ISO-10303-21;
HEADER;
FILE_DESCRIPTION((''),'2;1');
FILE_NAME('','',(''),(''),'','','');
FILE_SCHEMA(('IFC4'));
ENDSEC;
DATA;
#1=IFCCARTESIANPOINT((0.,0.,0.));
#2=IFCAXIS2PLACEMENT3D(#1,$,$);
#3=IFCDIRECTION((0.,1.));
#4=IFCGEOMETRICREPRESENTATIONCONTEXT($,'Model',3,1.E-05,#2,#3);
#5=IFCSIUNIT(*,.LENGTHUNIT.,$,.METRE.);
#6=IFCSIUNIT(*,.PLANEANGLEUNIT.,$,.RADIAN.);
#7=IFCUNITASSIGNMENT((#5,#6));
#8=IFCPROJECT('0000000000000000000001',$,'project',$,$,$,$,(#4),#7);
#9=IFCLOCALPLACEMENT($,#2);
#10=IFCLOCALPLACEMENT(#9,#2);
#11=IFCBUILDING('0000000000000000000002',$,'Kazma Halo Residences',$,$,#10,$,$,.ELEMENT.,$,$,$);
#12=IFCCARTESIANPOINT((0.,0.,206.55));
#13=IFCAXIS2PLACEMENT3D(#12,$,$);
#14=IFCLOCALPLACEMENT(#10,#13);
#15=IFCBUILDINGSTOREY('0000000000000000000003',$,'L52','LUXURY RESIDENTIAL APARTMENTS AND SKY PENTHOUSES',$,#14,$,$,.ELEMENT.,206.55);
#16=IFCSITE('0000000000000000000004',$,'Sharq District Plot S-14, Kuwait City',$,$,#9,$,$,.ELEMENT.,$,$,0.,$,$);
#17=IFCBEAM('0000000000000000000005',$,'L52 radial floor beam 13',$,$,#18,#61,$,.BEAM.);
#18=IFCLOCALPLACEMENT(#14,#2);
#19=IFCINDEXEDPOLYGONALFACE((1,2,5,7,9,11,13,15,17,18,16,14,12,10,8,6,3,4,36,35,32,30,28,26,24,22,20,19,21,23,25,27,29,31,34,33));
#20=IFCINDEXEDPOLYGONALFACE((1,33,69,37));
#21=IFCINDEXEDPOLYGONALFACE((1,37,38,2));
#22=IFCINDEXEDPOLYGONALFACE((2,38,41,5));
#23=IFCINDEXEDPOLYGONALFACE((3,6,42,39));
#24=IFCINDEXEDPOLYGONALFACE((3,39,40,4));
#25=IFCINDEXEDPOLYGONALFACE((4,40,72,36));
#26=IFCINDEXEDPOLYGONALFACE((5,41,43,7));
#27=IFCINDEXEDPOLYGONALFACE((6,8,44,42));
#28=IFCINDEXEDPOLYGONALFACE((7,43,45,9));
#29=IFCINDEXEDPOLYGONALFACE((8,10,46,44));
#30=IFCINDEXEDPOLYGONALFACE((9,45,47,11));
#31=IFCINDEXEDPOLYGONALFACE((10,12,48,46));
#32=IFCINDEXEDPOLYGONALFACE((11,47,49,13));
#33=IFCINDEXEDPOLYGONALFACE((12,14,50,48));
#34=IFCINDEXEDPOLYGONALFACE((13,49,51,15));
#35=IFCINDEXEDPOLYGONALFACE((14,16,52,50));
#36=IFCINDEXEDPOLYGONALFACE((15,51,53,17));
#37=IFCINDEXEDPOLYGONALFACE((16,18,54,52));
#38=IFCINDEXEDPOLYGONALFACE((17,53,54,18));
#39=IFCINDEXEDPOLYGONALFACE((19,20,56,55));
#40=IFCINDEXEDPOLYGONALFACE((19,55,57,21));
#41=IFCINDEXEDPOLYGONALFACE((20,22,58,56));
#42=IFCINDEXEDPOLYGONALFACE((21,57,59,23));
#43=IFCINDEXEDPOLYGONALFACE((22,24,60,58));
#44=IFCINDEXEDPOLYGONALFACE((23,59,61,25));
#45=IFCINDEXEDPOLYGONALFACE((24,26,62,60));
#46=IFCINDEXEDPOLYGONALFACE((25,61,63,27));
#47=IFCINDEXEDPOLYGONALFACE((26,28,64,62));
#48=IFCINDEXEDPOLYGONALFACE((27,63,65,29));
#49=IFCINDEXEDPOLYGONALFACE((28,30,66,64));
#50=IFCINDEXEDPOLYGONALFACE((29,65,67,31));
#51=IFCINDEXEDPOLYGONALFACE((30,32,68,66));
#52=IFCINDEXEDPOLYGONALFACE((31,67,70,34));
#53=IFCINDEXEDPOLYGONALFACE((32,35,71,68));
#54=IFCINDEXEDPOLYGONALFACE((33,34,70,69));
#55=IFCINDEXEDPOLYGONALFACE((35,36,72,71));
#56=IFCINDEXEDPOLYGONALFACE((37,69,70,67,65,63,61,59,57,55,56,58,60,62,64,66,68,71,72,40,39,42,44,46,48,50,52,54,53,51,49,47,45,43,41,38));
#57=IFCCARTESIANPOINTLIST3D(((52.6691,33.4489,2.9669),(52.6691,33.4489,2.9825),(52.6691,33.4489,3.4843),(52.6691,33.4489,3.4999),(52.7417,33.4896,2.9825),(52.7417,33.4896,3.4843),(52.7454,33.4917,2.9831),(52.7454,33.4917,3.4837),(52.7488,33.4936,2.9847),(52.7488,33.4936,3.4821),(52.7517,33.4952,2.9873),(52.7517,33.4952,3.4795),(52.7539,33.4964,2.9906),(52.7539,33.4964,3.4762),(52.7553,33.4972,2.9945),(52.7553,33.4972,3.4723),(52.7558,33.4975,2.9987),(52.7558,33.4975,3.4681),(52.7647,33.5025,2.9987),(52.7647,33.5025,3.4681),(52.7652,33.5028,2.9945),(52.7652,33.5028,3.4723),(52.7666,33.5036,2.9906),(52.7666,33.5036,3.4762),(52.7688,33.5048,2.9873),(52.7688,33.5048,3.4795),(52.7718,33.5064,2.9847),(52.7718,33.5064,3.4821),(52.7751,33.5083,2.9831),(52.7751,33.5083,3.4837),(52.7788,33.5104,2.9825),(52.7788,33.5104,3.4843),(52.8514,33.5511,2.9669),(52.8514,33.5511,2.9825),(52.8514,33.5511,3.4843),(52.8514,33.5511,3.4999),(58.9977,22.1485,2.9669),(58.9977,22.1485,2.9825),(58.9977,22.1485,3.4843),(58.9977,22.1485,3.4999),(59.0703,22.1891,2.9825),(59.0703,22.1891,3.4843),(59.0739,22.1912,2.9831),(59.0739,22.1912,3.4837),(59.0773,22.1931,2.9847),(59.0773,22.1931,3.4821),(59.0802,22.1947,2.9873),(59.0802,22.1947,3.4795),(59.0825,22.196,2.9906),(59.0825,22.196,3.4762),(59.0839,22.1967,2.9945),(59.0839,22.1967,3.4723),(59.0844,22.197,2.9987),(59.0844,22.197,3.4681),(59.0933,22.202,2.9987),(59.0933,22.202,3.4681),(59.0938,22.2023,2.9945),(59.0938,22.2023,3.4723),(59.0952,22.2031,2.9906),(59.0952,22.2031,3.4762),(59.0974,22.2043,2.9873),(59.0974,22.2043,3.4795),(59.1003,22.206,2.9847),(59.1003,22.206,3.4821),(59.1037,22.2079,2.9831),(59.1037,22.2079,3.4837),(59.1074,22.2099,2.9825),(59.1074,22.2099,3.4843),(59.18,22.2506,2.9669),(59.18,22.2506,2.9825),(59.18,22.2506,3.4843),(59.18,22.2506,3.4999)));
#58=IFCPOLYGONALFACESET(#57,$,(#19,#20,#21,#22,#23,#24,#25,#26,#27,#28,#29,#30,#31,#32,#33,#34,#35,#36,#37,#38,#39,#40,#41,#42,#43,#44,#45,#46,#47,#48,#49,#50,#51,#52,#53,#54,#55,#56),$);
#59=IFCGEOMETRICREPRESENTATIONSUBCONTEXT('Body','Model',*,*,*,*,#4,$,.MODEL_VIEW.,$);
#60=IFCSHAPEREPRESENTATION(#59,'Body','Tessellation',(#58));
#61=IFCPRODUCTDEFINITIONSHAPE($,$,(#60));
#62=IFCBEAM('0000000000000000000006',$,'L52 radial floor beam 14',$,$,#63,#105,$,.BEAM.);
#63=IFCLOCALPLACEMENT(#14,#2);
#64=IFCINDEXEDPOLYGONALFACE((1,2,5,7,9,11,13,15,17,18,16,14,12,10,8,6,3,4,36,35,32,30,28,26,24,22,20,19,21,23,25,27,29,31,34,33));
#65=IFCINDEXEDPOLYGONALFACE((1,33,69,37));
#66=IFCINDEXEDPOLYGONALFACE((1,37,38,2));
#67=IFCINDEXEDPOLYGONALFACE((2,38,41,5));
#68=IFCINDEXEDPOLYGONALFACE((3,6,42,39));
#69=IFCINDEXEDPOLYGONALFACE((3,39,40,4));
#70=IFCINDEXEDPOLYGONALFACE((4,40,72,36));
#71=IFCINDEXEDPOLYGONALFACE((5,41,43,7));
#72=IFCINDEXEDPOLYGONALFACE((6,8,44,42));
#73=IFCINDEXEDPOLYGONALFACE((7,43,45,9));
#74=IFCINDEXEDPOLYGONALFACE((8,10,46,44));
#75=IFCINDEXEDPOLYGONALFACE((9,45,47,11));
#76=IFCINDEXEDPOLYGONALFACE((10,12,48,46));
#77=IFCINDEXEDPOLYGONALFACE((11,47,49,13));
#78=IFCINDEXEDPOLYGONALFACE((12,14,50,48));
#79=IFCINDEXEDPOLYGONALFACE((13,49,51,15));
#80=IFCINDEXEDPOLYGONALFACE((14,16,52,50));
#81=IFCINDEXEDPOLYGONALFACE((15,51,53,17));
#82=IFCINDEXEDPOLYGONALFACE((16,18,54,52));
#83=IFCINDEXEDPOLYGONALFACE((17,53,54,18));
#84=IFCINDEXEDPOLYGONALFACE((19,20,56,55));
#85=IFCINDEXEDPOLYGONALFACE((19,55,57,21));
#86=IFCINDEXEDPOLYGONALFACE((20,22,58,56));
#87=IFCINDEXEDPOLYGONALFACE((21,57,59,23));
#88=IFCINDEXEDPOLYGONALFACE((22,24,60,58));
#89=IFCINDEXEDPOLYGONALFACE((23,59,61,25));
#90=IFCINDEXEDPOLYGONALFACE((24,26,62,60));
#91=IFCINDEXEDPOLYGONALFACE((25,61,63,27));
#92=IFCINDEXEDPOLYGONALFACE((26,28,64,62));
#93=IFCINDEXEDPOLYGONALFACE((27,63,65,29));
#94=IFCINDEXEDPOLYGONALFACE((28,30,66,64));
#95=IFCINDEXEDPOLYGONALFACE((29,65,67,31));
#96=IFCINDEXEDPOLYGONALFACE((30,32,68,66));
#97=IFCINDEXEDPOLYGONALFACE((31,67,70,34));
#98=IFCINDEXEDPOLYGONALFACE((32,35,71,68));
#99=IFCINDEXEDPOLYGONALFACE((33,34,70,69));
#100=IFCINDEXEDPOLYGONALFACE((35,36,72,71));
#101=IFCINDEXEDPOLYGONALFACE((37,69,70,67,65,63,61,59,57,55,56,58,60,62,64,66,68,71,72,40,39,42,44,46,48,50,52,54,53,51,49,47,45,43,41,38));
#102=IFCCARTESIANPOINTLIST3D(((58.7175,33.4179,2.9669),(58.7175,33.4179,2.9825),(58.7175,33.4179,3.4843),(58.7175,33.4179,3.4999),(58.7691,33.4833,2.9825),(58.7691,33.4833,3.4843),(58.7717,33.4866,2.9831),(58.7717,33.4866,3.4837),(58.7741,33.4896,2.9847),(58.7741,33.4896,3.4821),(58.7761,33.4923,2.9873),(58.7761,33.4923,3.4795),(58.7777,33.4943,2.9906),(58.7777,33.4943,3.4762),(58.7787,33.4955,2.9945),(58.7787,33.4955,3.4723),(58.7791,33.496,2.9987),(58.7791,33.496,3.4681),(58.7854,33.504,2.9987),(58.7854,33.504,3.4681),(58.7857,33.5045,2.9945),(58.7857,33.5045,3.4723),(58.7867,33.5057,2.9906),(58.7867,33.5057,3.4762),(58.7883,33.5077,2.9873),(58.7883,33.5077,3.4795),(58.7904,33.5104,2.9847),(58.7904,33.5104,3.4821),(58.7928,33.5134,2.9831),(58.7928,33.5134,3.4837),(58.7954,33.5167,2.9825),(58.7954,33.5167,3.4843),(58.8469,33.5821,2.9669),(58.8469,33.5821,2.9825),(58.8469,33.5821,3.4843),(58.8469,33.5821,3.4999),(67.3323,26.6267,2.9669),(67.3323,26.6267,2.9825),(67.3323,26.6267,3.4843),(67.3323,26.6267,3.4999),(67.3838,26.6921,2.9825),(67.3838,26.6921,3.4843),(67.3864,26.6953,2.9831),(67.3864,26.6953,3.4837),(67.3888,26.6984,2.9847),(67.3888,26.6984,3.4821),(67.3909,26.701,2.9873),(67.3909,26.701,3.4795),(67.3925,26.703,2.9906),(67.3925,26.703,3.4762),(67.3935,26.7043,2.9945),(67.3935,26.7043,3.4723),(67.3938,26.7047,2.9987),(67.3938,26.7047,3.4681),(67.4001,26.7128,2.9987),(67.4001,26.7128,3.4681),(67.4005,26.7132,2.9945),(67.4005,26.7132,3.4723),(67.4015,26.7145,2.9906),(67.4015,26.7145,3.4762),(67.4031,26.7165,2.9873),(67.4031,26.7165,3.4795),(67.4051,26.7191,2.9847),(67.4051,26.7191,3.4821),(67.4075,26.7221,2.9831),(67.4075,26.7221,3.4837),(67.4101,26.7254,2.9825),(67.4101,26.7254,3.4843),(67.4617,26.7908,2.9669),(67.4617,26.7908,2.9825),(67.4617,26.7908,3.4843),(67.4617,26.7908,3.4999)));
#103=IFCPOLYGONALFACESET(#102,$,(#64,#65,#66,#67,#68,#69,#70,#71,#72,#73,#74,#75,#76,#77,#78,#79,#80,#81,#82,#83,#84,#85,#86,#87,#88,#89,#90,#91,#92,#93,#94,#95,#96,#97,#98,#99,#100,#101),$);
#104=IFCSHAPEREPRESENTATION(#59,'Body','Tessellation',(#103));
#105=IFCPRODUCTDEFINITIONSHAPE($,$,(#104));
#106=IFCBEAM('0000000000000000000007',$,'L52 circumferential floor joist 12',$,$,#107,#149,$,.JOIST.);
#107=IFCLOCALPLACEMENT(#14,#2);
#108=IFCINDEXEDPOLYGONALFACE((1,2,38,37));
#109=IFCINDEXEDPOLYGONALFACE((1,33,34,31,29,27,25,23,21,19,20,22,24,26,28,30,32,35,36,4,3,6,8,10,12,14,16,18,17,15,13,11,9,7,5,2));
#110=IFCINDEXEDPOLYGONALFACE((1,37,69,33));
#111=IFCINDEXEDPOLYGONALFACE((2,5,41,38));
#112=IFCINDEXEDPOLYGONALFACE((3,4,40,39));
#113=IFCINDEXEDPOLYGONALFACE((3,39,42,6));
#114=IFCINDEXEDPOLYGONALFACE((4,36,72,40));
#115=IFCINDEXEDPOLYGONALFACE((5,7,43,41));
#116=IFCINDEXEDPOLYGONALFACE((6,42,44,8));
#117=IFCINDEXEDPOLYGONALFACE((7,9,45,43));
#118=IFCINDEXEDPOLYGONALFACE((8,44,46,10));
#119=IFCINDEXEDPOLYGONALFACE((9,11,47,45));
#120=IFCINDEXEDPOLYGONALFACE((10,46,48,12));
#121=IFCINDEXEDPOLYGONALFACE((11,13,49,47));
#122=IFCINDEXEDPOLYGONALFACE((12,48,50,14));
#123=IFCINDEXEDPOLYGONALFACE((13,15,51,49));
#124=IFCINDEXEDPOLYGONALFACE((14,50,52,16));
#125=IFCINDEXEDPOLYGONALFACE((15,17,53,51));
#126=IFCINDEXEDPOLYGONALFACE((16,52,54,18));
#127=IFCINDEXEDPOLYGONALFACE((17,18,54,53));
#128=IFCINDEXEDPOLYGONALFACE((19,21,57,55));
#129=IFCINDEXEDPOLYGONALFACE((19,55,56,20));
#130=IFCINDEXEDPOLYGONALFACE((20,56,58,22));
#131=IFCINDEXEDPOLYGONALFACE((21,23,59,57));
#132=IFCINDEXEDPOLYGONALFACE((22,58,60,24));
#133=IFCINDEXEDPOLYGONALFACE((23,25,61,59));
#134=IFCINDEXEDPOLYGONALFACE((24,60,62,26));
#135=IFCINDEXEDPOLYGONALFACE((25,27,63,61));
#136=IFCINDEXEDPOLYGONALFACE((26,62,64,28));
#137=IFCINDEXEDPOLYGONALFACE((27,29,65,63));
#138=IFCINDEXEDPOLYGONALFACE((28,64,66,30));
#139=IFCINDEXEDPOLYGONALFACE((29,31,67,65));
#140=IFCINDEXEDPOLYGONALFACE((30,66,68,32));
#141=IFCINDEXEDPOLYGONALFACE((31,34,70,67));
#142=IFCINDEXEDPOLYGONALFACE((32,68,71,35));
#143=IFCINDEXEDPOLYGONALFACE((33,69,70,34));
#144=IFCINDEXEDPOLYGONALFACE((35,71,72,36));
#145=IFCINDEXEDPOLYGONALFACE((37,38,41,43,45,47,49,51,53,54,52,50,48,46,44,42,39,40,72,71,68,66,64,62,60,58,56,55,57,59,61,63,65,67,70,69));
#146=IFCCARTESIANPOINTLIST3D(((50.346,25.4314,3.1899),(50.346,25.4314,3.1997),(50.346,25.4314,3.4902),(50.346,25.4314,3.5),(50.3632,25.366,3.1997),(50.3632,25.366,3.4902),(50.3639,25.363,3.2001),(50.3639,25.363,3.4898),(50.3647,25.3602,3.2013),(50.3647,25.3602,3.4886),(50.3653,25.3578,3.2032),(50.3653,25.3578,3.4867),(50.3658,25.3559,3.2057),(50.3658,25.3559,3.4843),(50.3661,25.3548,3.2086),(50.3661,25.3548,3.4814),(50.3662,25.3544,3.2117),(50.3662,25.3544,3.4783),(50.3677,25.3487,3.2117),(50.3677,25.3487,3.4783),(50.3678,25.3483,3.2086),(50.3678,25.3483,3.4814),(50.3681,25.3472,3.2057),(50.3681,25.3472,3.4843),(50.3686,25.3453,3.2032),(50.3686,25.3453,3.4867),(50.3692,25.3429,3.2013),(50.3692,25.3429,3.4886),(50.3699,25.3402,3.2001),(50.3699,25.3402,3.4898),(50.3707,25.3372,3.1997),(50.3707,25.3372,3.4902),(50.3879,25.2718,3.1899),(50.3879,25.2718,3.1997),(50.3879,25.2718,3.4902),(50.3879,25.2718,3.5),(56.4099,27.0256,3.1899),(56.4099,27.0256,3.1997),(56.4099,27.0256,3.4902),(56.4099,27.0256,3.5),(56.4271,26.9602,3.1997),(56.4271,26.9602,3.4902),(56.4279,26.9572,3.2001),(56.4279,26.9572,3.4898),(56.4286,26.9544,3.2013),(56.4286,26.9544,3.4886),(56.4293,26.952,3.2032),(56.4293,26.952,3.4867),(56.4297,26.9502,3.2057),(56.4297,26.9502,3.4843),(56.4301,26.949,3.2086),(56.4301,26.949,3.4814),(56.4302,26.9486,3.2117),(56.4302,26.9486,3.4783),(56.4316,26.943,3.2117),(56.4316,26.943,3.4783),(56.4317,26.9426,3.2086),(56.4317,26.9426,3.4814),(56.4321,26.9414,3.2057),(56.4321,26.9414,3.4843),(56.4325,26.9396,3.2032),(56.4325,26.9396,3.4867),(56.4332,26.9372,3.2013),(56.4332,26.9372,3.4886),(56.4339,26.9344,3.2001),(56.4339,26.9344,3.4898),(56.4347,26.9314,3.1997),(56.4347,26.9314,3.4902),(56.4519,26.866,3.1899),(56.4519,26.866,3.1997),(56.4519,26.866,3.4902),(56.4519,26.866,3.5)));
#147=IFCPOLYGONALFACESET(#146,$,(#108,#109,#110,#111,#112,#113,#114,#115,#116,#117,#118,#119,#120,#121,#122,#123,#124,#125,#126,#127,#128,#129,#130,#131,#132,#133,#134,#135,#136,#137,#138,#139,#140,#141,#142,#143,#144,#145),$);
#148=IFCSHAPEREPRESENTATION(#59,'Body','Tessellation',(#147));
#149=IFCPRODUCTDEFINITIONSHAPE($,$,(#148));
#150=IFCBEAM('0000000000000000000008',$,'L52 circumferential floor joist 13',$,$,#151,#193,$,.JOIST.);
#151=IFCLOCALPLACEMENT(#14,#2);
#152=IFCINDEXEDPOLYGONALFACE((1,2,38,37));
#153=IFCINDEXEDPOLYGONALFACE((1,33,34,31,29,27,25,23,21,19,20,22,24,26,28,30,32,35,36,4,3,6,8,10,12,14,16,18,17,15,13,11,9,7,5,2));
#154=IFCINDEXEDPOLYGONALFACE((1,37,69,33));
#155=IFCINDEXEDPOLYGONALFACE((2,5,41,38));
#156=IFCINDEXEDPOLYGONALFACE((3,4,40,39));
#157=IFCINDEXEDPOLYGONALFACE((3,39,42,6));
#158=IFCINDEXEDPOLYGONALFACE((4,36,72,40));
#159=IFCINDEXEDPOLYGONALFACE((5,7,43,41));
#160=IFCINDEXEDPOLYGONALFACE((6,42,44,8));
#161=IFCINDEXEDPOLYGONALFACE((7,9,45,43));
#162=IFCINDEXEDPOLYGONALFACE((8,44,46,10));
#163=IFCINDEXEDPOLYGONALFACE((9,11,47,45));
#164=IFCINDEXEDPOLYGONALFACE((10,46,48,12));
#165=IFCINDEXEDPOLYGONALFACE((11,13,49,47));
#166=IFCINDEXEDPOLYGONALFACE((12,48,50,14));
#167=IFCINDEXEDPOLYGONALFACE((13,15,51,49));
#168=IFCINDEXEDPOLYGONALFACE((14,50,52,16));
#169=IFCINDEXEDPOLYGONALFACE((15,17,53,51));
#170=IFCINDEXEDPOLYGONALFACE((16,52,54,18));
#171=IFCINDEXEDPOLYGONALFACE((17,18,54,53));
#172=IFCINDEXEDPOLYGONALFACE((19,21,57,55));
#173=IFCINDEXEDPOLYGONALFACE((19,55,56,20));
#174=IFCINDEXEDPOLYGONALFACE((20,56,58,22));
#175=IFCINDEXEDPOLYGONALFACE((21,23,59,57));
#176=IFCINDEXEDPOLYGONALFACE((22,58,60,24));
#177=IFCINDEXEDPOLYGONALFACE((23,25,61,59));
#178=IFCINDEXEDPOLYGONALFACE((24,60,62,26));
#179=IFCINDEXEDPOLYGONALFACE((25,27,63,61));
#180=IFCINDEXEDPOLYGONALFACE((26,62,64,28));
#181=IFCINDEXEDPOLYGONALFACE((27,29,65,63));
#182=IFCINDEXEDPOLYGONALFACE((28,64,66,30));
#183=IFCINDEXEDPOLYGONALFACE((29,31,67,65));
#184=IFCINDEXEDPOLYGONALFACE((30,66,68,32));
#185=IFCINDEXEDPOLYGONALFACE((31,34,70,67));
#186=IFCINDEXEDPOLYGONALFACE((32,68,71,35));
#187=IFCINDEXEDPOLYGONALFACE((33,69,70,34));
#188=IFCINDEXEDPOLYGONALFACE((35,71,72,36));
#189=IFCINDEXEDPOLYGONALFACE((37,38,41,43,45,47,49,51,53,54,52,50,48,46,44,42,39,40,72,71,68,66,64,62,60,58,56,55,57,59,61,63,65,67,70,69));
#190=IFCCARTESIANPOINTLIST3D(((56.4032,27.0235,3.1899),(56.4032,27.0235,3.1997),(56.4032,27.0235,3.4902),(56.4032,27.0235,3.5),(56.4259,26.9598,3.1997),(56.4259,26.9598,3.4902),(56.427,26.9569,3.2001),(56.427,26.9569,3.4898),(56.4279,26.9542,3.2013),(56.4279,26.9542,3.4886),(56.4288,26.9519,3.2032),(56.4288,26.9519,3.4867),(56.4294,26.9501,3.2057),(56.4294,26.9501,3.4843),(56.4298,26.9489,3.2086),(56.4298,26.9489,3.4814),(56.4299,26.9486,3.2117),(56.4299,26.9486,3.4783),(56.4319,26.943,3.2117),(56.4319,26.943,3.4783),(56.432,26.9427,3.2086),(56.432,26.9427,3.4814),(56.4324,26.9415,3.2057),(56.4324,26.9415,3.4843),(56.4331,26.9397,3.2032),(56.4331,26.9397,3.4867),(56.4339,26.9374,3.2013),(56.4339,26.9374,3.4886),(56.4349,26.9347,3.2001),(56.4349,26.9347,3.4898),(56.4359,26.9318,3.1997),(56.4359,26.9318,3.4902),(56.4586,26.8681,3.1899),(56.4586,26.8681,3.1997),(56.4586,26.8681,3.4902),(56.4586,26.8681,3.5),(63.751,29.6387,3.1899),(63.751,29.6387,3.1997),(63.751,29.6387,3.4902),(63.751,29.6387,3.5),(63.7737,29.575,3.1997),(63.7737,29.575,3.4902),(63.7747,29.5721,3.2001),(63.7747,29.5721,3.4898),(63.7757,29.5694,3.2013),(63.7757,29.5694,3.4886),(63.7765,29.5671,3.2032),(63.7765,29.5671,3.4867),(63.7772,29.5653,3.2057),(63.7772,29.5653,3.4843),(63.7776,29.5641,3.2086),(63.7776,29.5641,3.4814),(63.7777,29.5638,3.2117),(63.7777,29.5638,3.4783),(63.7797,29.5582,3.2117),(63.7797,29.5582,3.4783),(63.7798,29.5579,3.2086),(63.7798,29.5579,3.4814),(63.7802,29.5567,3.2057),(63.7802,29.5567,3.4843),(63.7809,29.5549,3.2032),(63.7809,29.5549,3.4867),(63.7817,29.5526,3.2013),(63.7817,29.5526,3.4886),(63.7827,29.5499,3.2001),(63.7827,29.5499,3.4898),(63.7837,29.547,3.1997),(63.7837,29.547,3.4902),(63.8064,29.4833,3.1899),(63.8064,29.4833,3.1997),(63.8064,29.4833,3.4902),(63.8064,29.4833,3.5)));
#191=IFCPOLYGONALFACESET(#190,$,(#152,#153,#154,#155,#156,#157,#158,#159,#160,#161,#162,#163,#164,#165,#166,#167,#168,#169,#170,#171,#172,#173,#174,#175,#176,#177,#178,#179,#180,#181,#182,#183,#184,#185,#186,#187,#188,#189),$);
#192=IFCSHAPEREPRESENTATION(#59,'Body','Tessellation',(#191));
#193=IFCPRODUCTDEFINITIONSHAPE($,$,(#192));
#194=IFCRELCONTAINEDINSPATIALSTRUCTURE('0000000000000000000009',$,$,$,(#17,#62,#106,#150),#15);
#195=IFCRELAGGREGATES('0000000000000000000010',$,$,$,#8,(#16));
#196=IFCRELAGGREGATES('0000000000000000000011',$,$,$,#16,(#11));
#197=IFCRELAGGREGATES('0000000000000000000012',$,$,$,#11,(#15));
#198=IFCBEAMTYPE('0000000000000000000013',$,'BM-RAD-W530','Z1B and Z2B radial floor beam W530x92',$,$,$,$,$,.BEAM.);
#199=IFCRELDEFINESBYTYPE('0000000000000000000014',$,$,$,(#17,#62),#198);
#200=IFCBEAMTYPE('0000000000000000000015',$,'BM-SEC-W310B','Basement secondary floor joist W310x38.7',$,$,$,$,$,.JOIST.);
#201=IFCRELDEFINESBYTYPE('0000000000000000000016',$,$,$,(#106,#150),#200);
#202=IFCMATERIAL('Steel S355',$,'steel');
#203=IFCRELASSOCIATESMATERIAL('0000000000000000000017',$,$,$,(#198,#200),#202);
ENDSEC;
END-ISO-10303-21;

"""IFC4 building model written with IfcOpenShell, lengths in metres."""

from ifc_helpers import new_model, si_unit, direction, frame, origin, origin_2d, place, context, subcontext, project, spatial, i_section, extrude, material, material_profile, profile_set, type_object, element, save


model = new_model("IFC4")

# Units and contexts
model_context = context("Model", 3, precision=1e-05, world=origin(), true_north=direction((0.0, 1.0)))
body_context = subcontext(model_context, "Body", "Model", "MODEL_VIEW")
ifc_project = project(units=[si_unit("LENGTHUNIT", "METRE"), si_unit("PLANEANGLEUNIT", "RADIAN")], contexts=[model_context])

# Site, building, storey
site_placement = place(None, origin())
site = spatial("IfcSite", under=ifc_project, at=site_placement, Name="Sharq District Plot S-14, Kuwait City", CompositionType="ELEMENT", RefElevation=0.0)
building_placement = place(site_placement, origin())
building = spatial("IfcBuilding", under=site, at=building_placement, Name="Kazma Halo Residences", CompositionType="ELEMENT")
storey_placement = place(building_placement, frame((0.0, 0.0, 206.55)))
storey = spatial("IfcBuildingStorey", under=building, at=storey_placement, Name="L52", Description="LUXURY RESIDENTIAL APARTMENTS AND SKY PENTHOUSES", CompositionType="ELEMENT", Elevation=206.55)

# Beams
ifc_material_1 = material(Name="Steel S355", Category="steel")
ifc_material_profile_1 = material_profile(ifc_material_1, i_section(OverallWidth=0.209, OverallDepth=0.533, WebThickness=0.0103, FlangeThickness=0.0156, FilletRadius=0.0161, at=origin_2d()), Name="W530x92")
ifc_profile_set_1 = profile_set([ifc_material_profile_1], Name="Steel S355")
beam_type_1 = type_object("IfcBeamType", Name="BM-RAD-W530", Description="Z1B and Z2B radial floor beam W530x92", PredefinedType="BEAM", material=ifc_profile_set_1)
beam_1_placement = place(storey_placement, frame((52.7603, 33.5, 3.2334), z_axis=(0.488622, -0.872496, 0.0), x_axis=(0.872496, 0.488622, 0.0)))
element("IfcBeam", 1, at=beam_1_placement, inside=storey, type_object=beam_type_1, Name="L52 radial floor beam 13", PredefinedType="BEAM", context=body_context, shape_type="SweptSolid", body=[
    extrude(i_section(OverallWidth=0.209, OverallDepth=0.533, WebThickness=0.0103, FlangeThickness=0.0156, FilletRadius=0.0161, at=origin_2d()), origin(), (0.0, 0.0, 1.0), 12.9519),
])
beam_2_placement = place(storey_placement, frame((58.7822, 33.5, 3.2334), z_axis=(0.78532, -0.619091, 0.0), x_axis=(0.619091, 0.78532, 0.0)))
element("IfcBeam", 2, at=beam_2_placement, inside=storey, type_object=beam_type_1, Name="L52 radial floor beam 14", PredefinedType="BEAM", context=body_context, shape_type="SweptSolid", body=[
    extrude(i_section(OverallWidth=0.209, OverallDepth=0.533, WebThickness=0.0103, FlangeThickness=0.0156, FilletRadius=0.0161, at=origin_2d()), origin(), (0.0, 0.0, 1.0), 10.9697),
])
ifc_material_profile_2 = material_profile(ifc_material_1, i_section(OverallWidth=0.165, OverallDepth=0.3101, WebThickness=0.0059, FlangeThickness=0.0098, FilletRadius=0.012, at=origin_2d()), Name="W310x38.7")
ifc_profile_set_2 = profile_set([ifc_material_profile_2], Name="Steel S355")
beam_type_2 = type_object("IfcBeamType", Name="BM-SEC-W310B", Description="Basement secondary floor joist W310x38.7", PredefinedType="JOIST", material=ifc_profile_set_2)
beam_3_placement = place(storey_placement, frame((50.3669, 25.3516, 3.345), z_axis=(0.967135, 0.254263, 0.0), x_axis=(-0.254263, 0.967135, 0.0)))
element("IfcBeam", 3, at=beam_3_placement, inside=storey, type_object=beam_type_2, Name="L52 circumferential floor joist 12", PredefinedType="JOIST", context=body_context, shape_type="SweptSolid", body=[
    extrude(i_section(OverallWidth=0.165, OverallDepth=0.3101, WebThickness=0.0059, FlangeThickness=0.0098, FilletRadius=0.012, at=origin_2d()), origin(), (0.0, 0.0, 1.0), 6.27),
])
beam_4_placement = place(storey_placement, frame((56.4309, 26.9458, 3.345), z_axis=(0.942107, 0.335311, 0.0), x_axis=(-0.335311, 0.942107, 0.0)))
element("IfcBeam", 4, at=beam_4_placement, inside=storey, type_object=beam_type_2, Name="L52 circumferential floor joist 13", PredefinedType="JOIST", context=body_context, shape_type="SweptSolid", body=[
    extrude(i_section(OverallWidth=0.165, OverallDepth=0.3101, WebThickness=0.0059, FlangeThickness=0.0098, FilletRadius=0.012, at=origin_2d()), origin(), (0.0, 0.0, 1.0), 7.7993),
])

save(model, "model.ifc")
